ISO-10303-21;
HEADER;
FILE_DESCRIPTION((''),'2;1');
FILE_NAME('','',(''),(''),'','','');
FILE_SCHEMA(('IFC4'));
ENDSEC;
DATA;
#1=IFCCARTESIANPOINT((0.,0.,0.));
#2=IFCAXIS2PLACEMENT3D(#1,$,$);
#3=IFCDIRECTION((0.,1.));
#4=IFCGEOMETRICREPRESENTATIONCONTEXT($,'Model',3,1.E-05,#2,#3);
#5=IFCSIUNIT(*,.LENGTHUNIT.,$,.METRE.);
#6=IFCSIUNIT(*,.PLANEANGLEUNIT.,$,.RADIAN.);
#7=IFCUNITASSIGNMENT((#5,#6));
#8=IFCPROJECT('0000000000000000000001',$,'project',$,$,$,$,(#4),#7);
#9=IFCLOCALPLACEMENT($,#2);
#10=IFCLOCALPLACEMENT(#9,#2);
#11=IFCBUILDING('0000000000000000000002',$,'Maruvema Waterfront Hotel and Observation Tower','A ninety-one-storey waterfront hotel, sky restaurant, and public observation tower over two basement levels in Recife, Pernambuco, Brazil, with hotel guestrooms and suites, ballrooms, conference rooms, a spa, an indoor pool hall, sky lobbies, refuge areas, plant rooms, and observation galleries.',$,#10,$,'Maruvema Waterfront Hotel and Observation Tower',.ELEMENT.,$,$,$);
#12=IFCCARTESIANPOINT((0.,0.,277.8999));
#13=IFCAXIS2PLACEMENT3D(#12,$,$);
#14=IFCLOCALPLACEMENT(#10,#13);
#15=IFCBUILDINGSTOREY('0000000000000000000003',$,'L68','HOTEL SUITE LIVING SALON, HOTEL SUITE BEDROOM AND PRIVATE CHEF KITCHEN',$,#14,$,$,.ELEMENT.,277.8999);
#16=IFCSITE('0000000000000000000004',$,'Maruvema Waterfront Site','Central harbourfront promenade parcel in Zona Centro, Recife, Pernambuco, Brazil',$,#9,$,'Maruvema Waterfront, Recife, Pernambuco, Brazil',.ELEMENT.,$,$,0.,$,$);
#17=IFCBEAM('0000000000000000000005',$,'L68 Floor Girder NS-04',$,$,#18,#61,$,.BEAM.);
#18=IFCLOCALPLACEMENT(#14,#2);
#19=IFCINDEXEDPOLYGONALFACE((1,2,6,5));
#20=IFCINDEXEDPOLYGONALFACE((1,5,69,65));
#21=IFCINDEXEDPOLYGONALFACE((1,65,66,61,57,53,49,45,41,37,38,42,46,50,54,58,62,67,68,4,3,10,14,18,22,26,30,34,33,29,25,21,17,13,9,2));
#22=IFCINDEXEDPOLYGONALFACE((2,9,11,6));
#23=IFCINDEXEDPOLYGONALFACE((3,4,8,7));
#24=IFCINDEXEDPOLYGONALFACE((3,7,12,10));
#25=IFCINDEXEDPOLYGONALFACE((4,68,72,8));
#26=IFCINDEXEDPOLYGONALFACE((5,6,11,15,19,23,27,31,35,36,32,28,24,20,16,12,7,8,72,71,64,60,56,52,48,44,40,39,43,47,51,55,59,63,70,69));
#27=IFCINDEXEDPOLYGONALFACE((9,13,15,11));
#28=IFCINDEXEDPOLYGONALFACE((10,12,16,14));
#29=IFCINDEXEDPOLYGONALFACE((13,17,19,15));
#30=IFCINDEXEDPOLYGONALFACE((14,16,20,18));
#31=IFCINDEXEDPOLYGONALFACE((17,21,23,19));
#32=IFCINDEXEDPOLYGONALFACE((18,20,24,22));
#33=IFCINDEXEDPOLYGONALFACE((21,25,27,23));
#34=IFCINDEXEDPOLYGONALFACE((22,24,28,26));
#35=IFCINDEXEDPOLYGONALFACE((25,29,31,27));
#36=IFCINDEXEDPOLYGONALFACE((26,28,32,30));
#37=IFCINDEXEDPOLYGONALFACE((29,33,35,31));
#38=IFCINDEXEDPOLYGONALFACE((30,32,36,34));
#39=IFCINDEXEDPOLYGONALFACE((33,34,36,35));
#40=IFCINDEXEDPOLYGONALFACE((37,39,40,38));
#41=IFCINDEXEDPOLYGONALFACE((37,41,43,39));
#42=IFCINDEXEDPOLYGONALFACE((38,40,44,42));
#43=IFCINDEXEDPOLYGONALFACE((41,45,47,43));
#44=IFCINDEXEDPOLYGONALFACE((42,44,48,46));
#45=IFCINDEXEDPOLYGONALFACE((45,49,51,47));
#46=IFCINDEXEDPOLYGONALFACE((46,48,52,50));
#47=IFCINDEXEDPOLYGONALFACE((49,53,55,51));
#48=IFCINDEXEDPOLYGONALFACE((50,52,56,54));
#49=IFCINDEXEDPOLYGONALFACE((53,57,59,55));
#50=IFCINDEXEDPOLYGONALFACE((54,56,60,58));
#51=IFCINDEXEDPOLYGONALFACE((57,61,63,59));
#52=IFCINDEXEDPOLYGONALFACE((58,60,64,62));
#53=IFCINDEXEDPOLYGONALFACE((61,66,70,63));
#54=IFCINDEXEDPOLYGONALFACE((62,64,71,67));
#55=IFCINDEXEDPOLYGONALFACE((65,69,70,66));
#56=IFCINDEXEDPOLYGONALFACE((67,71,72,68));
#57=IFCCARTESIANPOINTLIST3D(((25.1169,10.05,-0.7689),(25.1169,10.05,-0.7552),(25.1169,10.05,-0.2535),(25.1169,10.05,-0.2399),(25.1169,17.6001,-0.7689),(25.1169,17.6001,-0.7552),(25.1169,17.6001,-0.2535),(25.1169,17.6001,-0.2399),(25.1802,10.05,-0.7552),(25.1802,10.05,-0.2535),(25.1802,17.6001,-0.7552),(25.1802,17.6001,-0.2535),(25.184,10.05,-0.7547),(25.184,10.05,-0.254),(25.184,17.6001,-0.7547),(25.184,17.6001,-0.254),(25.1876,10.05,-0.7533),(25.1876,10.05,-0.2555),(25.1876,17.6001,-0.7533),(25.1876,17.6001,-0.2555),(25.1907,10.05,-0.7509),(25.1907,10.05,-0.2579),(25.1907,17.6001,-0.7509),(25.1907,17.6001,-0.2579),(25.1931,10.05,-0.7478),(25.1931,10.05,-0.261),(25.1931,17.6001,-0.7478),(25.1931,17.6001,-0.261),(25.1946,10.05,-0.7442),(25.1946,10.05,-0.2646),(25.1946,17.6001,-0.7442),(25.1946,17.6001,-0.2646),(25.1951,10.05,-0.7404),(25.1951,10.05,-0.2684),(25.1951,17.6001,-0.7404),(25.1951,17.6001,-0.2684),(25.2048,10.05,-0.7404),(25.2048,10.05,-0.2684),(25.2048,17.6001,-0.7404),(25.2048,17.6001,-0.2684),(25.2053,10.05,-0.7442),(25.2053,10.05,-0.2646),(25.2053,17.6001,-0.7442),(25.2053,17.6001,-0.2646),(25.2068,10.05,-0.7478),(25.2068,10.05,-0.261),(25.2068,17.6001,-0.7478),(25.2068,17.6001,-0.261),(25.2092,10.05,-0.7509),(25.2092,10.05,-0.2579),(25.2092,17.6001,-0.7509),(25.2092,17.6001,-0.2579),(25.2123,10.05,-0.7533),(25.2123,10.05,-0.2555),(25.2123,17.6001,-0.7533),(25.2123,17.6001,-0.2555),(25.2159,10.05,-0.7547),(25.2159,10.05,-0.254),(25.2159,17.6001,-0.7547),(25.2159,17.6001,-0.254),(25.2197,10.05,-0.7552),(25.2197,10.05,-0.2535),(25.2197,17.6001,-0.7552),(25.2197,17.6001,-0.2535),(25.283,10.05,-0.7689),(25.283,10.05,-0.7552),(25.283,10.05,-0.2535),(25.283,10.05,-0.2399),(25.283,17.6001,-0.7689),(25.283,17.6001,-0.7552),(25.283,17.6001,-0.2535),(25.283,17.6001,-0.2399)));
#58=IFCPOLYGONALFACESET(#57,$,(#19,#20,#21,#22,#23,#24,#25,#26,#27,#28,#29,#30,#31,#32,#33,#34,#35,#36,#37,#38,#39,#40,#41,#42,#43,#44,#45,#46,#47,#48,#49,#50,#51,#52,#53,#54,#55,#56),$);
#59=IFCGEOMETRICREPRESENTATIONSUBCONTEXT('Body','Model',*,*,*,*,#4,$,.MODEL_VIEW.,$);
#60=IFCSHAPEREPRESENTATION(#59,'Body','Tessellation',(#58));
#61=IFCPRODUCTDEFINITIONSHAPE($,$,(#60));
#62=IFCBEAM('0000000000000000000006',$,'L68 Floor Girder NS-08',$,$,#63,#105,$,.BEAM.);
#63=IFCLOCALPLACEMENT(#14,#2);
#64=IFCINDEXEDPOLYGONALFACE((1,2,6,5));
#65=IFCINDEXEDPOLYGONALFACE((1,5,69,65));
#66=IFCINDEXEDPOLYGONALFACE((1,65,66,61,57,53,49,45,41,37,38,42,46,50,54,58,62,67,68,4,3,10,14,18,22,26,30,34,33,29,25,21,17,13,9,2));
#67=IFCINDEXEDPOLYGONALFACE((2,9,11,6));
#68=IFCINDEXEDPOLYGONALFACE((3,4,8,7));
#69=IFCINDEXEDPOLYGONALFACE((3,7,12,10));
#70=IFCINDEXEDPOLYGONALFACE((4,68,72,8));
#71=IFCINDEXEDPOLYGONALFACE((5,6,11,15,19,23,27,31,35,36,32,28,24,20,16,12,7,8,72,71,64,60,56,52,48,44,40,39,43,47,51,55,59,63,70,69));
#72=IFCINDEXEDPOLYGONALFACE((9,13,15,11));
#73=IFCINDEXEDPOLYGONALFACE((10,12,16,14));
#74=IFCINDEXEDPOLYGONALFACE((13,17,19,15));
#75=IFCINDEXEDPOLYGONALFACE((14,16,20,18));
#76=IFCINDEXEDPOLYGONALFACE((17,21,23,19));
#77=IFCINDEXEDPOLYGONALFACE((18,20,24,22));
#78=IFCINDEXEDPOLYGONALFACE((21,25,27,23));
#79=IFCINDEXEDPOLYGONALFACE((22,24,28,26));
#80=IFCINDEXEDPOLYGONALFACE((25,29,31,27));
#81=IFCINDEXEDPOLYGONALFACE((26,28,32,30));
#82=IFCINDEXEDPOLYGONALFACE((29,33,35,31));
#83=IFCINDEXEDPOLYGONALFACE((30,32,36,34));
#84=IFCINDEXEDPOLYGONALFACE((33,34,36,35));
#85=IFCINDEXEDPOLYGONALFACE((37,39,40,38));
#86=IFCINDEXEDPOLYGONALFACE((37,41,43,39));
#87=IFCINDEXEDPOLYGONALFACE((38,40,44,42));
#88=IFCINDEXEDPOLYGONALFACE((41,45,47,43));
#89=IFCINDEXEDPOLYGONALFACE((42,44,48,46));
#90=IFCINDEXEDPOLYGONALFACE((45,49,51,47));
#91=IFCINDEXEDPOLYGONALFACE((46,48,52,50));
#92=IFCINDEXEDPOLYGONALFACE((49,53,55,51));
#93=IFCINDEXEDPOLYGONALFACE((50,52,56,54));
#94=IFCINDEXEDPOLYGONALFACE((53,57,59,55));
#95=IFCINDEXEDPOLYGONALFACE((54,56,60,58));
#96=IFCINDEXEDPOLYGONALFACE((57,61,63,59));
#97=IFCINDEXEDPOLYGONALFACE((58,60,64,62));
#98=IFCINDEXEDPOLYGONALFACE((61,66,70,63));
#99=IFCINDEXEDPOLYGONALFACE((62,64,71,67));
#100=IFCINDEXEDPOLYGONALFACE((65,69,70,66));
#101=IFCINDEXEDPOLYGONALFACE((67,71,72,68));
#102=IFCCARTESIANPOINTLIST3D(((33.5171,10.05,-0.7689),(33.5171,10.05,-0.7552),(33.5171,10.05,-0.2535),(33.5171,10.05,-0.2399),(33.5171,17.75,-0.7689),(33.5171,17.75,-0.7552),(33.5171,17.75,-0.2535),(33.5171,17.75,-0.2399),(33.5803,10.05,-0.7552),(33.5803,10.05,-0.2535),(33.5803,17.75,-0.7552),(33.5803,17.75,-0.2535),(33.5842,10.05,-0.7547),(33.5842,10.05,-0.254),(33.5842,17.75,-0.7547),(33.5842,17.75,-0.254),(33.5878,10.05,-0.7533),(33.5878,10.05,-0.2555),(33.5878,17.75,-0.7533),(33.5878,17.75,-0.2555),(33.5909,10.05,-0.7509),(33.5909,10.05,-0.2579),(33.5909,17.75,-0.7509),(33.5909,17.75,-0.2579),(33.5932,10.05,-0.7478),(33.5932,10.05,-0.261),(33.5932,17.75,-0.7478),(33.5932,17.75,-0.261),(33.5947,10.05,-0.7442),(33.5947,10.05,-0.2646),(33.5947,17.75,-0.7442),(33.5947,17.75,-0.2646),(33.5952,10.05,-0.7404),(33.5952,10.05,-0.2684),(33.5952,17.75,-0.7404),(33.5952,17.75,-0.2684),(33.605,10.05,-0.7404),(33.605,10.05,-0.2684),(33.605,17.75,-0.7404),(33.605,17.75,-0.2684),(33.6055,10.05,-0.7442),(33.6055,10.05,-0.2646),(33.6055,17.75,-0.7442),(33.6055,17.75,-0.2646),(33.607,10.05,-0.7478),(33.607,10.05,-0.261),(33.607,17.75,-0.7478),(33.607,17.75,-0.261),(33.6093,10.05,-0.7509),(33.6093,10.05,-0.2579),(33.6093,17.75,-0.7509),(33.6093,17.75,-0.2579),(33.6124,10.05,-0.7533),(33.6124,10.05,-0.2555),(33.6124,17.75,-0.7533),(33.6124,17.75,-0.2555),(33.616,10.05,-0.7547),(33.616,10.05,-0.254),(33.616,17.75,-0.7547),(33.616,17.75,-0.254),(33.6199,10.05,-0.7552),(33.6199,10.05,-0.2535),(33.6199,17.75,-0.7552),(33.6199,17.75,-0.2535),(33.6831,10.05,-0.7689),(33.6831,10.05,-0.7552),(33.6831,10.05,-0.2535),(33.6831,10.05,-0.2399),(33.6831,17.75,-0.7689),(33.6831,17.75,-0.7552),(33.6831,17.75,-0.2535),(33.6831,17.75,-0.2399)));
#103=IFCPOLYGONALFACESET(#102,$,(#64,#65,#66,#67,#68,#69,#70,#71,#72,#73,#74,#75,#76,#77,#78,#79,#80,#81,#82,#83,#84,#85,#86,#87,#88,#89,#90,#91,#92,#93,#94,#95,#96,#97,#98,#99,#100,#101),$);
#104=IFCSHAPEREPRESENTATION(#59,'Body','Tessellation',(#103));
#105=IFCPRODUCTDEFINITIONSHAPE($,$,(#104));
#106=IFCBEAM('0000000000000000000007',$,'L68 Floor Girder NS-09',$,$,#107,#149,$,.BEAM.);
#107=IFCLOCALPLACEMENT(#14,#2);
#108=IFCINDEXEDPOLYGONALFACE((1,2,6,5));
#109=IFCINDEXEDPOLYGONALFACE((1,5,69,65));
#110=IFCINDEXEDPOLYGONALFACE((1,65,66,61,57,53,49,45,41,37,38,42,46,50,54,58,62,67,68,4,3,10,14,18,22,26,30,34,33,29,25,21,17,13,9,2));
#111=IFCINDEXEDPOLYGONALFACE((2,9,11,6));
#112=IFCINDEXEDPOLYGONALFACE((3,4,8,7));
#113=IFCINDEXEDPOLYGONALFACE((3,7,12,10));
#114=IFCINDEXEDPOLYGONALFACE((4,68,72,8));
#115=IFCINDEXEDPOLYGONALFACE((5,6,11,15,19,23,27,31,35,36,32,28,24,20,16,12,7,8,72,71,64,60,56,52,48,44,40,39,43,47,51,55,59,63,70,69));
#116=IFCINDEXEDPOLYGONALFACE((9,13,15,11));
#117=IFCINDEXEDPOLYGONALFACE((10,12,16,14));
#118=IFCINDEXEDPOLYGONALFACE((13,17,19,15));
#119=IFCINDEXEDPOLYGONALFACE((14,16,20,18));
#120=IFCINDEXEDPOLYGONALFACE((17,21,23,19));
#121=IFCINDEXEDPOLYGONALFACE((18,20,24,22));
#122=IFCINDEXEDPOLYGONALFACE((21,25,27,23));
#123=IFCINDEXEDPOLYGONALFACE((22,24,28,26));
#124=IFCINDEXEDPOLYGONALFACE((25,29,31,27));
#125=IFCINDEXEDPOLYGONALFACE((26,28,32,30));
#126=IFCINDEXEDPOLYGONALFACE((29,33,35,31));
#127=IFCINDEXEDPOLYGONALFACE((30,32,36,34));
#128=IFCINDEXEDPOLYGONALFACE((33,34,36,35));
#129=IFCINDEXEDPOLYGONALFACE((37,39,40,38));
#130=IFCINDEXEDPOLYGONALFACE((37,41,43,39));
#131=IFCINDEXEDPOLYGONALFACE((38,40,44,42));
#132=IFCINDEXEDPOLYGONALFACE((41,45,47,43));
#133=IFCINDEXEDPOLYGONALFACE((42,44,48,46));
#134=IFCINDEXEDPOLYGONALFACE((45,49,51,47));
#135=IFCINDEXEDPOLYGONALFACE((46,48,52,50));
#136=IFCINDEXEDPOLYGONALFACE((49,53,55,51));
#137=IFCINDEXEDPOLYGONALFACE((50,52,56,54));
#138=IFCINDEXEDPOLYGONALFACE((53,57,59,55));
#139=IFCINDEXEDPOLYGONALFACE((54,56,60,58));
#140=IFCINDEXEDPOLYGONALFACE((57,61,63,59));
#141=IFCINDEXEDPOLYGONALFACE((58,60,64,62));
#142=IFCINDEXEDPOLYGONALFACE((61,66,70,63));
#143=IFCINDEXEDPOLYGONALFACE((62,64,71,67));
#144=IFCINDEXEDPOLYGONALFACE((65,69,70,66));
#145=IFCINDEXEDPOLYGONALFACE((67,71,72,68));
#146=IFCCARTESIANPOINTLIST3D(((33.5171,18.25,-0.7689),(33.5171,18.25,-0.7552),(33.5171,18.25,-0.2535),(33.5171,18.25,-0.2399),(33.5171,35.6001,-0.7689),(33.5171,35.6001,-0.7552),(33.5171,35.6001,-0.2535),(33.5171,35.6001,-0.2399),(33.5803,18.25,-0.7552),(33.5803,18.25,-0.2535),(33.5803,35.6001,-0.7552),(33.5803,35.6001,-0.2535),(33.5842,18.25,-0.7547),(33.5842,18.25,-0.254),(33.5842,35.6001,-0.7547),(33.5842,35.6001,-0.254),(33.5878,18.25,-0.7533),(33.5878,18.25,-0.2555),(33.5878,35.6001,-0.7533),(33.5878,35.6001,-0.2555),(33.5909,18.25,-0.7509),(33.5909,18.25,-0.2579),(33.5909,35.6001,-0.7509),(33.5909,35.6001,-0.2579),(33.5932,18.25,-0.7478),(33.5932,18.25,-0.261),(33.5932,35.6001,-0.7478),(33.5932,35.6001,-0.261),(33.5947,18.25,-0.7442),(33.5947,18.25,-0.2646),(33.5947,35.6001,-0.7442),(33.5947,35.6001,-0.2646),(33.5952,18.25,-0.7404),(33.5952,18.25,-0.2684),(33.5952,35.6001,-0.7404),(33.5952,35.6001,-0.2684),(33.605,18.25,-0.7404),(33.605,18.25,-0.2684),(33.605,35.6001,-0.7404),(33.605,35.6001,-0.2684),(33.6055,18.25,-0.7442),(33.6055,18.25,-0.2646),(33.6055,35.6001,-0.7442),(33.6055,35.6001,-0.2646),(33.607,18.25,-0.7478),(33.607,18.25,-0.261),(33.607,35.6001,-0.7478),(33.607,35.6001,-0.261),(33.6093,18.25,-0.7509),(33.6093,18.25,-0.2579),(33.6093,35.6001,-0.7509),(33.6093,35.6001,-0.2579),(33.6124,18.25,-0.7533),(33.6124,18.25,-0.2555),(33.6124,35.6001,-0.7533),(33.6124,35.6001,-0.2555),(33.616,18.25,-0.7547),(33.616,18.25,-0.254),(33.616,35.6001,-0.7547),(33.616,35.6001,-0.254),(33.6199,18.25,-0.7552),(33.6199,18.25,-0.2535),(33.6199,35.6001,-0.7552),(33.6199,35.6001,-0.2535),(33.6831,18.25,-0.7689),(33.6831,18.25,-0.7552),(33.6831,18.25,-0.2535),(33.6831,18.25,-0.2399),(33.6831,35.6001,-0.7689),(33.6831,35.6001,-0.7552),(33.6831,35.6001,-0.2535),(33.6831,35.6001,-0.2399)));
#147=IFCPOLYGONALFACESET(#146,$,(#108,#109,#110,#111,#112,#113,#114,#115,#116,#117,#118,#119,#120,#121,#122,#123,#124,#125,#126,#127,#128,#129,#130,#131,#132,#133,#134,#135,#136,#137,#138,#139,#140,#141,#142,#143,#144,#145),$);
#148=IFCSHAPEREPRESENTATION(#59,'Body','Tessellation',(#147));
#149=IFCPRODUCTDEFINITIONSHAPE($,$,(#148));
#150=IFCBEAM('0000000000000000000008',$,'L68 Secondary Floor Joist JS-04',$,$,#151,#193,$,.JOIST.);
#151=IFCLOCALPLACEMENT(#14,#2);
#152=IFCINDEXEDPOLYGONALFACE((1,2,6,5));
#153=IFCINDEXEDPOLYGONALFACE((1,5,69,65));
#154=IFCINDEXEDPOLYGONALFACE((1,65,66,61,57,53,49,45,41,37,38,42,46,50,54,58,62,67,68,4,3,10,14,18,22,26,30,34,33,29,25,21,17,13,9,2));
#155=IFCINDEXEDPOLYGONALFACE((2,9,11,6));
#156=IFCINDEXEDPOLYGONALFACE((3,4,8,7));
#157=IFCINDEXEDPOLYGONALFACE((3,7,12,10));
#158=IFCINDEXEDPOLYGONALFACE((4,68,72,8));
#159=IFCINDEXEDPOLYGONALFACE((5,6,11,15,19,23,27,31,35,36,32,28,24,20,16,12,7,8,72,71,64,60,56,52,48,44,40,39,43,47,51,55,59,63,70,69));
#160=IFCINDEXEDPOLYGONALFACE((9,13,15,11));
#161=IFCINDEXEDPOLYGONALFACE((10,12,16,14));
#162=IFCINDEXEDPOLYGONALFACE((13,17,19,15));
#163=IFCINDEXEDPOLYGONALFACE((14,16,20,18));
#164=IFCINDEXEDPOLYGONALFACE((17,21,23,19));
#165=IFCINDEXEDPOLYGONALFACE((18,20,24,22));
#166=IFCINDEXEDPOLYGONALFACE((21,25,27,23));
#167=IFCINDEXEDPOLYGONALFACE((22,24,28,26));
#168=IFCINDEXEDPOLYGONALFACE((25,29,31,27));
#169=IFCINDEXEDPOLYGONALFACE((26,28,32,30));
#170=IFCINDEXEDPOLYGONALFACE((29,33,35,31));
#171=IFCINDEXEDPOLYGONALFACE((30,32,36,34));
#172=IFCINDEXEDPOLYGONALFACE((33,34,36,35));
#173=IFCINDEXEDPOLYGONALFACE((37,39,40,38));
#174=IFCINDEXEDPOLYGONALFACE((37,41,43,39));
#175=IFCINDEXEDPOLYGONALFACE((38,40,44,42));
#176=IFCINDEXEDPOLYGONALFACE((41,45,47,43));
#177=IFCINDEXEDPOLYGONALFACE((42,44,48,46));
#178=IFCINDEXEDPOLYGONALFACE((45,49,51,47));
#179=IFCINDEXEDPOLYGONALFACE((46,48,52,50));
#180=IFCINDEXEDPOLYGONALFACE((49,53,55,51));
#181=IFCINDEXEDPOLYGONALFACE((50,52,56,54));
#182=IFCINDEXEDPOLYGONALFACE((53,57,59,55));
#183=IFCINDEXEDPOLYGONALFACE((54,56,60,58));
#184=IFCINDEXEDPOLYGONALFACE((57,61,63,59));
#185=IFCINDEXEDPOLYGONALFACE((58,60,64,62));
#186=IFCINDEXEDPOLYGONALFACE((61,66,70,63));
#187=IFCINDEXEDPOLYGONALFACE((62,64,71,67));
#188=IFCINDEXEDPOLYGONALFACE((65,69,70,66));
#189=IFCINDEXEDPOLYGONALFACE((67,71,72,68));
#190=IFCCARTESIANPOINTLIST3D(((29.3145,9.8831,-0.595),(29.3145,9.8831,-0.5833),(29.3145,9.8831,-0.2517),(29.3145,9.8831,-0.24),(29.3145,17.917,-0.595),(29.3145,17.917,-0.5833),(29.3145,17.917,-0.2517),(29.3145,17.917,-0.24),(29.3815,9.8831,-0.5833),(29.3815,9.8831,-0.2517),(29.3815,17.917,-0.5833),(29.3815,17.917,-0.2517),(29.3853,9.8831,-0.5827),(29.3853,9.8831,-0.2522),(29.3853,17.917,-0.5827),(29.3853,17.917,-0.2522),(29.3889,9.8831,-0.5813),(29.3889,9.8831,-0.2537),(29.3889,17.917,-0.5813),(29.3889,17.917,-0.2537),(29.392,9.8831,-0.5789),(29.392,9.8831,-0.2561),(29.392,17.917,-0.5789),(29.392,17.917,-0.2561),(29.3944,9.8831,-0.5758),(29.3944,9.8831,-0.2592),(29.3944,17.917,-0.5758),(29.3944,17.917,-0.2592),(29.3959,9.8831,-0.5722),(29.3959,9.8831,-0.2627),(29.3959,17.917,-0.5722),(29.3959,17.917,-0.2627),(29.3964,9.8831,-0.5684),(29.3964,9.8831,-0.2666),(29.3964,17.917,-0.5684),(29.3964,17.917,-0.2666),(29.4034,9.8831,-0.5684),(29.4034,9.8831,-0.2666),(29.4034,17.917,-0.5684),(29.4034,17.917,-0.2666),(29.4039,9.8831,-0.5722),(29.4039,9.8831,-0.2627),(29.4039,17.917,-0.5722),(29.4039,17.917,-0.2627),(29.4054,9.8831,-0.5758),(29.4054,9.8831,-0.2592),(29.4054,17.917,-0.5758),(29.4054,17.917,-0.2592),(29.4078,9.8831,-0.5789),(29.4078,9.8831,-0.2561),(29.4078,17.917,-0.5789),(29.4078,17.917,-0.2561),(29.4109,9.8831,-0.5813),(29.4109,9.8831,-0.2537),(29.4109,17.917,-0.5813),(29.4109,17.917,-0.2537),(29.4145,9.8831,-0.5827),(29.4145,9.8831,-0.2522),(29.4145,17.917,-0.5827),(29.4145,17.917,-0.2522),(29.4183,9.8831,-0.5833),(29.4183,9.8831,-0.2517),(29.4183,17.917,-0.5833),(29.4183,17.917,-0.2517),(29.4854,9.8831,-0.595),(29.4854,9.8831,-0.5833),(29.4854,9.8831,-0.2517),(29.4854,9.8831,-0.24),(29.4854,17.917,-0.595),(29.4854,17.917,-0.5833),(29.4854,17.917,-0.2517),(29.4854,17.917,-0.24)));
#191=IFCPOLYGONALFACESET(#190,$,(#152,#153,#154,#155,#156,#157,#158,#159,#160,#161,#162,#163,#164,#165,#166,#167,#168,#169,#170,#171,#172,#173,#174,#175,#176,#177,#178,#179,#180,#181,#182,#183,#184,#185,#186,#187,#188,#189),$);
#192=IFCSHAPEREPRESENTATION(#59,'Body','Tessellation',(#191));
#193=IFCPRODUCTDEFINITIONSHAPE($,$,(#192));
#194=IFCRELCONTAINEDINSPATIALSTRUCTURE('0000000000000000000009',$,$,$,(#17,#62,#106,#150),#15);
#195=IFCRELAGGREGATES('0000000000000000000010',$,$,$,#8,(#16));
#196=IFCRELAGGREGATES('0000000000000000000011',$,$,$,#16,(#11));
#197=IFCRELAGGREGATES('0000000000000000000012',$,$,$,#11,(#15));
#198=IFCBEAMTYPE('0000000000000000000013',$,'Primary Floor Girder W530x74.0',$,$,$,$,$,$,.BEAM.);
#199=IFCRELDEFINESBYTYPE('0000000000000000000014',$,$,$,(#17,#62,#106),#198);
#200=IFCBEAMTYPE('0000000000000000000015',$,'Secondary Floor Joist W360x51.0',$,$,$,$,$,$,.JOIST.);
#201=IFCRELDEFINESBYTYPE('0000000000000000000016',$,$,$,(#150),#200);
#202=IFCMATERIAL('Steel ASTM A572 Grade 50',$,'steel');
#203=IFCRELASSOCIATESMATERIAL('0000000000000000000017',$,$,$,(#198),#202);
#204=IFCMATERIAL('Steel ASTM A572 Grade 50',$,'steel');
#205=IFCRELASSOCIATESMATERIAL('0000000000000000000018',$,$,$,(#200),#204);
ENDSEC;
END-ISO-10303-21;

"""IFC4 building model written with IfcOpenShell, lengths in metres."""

from ifc_helpers import new_model, si_unit, direction, frame, origin, origin_2d, place, context, subcontext, project, spatial, i_section, extrude, material, material_profile, profile_set, type_object, element, save


model = new_model("IFC4")

# Units and contexts
model_context = context("Model", 3, precision=1e-05, world=origin(), true_north=direction((0.0, 1.0)))
body_context = subcontext(model_context, "Body", "Model", "MODEL_VIEW")
ifc_project = project(units=[si_unit("LENGTHUNIT", "METRE"), si_unit("PLANEANGLEUNIT", "RADIAN")], contexts=[model_context])

# Site, building, storey
site_placement = place(None, origin())
site = spatial("IfcSite", under=ifc_project, at=site_placement, Name="Maruvema Waterfront Site", Description="Central harbourfront promenade parcel in Zona Centro, Recife, Pernambuco, Brazil", LongName="Maruvema Waterfront, Recife, Pernambuco, Brazil", CompositionType="ELEMENT", RefElevation=0.0)
building_placement = place(site_placement, origin())
building = spatial("IfcBuilding", under=site, at=building_placement, Name="Maruvema Waterfront Hotel and Observation Tower", Description="A ninety-one-storey waterfront hotel, sky restaurant, and public observation tower over two basement levels in Recife, Pernambuco, Brazil, with hotel guestrooms and suites, ballrooms, conference rooms, a spa, an indoor pool hall, sky lobbies, refuge areas, plant rooms, and observation galleries.", LongName="Maruvema Waterfront Hotel and Observation Tower", CompositionType="ELEMENT")
storey_placement = place(building_placement, frame((0.0, 0.0, 277.8999)))
storey = spatial("IfcBuildingStorey", under=building, at=storey_placement, Name="L68", Description="HOTEL SUITE LIVING SALON, HOTEL SUITE BEDROOM AND PRIVATE CHEF KITCHEN", CompositionType="ELEMENT", Elevation=277.8999)

# Beams
ifc_material_1 = material(Name="Steel ASTM A572 Grade 50", Category="steel")
ifc_material_profile_1 = material_profile(ifc_material_1, i_section(OverallWidth=0.166, OverallDepth=0.5291, WebThickness=0.0098, FlangeThickness=0.0137, FilletRadius=0.0149, at=origin_2d()), Name="W530x74.0")
ifc_profile_set_1 = profile_set([ifc_material_profile_1], Name="Steel ASTM A572 Grade 50")
beam_type_1 = type_object("IfcBeamType", Name="Primary Floor Girder W530x74.0", PredefinedType="BEAM", material=ifc_profile_set_1)
beam_1_placement = place(storey_placement, frame((25.2, 10.05, -0.5044), z_axis=(0.0, 1.0, 0.0), x_axis=(-1.0, 0.0, 0.0)))
element("IfcBeam", 1, at=beam_1_placement, inside=storey, type_object=beam_type_1, Name="L68 Floor Girder NS-04", PredefinedType="BEAM", context=body_context, shape_type="SweptSolid", body=[
    extrude(i_section(OverallWidth=0.166, OverallDepth=0.5291, WebThickness=0.0098, FlangeThickness=0.0137, FilletRadius=0.0149, at=origin_2d()), origin(), (0.0, 0.0, 1.0), 7.55),
])
beam_2_placement = place(storey_placement, frame((33.6001, 10.05, -0.5044), z_axis=(0.0, 1.0, 0.0), x_axis=(-1.0, 0.0, 0.0)))
element("IfcBeam", 2, at=beam_2_placement, inside=storey, type_object=beam_type_1, Name="L68 Floor Girder NS-08", PredefinedType="BEAM", context=body_context, shape_type="SweptSolid", body=[
    extrude(i_section(OverallWidth=0.166, OverallDepth=0.5291, WebThickness=0.0098, FlangeThickness=0.0137, FilletRadius=0.0149, at=origin_2d()), origin(), (0.0, 0.0, 1.0), 7.7),
])
beam_3_placement = place(storey_placement, frame((33.6001, 18.25, -0.5044), z_axis=(0.0, 1.0, 0.0), x_axis=(-1.0, 0.0, 0.0)))
element("IfcBeam", 3, at=beam_3_placement, inside=storey, type_object=beam_type_1, Name="L68 Floor Girder NS-09", PredefinedType="BEAM", context=body_context, shape_type="SweptSolid", body=[
    extrude(i_section(OverallWidth=0.166, OverallDepth=0.5291, WebThickness=0.0098, FlangeThickness=0.0137, FilletRadius=0.0149, at=origin_2d()), origin(), (0.0, 0.0, 1.0), 17.3501),
])
ifc_material_2 = material(Name="Steel ASTM A572 Grade 50", Category="steel")
ifc_material_profile_2 = material_profile(ifc_material_2, i_section(OverallWidth=0.1709, OverallDepth=0.355, WebThickness=0.0071, FlangeThickness=0.0117, FilletRadius=0.0149, at=origin_2d()), Name="W360x51.0")
ifc_profile_set_2 = profile_set([ifc_material_profile_2], Name="Steel ASTM A572 Grade 50")
beam_type_2 = type_object("IfcBeamType", Name="Secondary Floor Joist W360x51.0", PredefinedType="JOIST", material=ifc_profile_set_2)
beam_4_placement = place(storey_placement, frame((29.3999, 9.8831, -0.4175), z_axis=(0.0, 1.0, 0.0), x_axis=(-1.0, 0.0, 0.0)))
element("IfcBeam", 4, at=beam_4_placement, inside=storey, type_object=beam_type_2, Name="L68 Secondary Floor Joist JS-04", PredefinedType="JOIST", context=body_context, shape_type="SweptSolid", body=[
    extrude(i_section(OverallWidth=0.1709, OverallDepth=0.355, WebThickness=0.0071, FlangeThickness=0.0117, FilletRadius=0.0149, at=origin_2d()), origin(), (0.0, 0.0, 1.0), 8.0339),
])

save(model, "model.ifc")
